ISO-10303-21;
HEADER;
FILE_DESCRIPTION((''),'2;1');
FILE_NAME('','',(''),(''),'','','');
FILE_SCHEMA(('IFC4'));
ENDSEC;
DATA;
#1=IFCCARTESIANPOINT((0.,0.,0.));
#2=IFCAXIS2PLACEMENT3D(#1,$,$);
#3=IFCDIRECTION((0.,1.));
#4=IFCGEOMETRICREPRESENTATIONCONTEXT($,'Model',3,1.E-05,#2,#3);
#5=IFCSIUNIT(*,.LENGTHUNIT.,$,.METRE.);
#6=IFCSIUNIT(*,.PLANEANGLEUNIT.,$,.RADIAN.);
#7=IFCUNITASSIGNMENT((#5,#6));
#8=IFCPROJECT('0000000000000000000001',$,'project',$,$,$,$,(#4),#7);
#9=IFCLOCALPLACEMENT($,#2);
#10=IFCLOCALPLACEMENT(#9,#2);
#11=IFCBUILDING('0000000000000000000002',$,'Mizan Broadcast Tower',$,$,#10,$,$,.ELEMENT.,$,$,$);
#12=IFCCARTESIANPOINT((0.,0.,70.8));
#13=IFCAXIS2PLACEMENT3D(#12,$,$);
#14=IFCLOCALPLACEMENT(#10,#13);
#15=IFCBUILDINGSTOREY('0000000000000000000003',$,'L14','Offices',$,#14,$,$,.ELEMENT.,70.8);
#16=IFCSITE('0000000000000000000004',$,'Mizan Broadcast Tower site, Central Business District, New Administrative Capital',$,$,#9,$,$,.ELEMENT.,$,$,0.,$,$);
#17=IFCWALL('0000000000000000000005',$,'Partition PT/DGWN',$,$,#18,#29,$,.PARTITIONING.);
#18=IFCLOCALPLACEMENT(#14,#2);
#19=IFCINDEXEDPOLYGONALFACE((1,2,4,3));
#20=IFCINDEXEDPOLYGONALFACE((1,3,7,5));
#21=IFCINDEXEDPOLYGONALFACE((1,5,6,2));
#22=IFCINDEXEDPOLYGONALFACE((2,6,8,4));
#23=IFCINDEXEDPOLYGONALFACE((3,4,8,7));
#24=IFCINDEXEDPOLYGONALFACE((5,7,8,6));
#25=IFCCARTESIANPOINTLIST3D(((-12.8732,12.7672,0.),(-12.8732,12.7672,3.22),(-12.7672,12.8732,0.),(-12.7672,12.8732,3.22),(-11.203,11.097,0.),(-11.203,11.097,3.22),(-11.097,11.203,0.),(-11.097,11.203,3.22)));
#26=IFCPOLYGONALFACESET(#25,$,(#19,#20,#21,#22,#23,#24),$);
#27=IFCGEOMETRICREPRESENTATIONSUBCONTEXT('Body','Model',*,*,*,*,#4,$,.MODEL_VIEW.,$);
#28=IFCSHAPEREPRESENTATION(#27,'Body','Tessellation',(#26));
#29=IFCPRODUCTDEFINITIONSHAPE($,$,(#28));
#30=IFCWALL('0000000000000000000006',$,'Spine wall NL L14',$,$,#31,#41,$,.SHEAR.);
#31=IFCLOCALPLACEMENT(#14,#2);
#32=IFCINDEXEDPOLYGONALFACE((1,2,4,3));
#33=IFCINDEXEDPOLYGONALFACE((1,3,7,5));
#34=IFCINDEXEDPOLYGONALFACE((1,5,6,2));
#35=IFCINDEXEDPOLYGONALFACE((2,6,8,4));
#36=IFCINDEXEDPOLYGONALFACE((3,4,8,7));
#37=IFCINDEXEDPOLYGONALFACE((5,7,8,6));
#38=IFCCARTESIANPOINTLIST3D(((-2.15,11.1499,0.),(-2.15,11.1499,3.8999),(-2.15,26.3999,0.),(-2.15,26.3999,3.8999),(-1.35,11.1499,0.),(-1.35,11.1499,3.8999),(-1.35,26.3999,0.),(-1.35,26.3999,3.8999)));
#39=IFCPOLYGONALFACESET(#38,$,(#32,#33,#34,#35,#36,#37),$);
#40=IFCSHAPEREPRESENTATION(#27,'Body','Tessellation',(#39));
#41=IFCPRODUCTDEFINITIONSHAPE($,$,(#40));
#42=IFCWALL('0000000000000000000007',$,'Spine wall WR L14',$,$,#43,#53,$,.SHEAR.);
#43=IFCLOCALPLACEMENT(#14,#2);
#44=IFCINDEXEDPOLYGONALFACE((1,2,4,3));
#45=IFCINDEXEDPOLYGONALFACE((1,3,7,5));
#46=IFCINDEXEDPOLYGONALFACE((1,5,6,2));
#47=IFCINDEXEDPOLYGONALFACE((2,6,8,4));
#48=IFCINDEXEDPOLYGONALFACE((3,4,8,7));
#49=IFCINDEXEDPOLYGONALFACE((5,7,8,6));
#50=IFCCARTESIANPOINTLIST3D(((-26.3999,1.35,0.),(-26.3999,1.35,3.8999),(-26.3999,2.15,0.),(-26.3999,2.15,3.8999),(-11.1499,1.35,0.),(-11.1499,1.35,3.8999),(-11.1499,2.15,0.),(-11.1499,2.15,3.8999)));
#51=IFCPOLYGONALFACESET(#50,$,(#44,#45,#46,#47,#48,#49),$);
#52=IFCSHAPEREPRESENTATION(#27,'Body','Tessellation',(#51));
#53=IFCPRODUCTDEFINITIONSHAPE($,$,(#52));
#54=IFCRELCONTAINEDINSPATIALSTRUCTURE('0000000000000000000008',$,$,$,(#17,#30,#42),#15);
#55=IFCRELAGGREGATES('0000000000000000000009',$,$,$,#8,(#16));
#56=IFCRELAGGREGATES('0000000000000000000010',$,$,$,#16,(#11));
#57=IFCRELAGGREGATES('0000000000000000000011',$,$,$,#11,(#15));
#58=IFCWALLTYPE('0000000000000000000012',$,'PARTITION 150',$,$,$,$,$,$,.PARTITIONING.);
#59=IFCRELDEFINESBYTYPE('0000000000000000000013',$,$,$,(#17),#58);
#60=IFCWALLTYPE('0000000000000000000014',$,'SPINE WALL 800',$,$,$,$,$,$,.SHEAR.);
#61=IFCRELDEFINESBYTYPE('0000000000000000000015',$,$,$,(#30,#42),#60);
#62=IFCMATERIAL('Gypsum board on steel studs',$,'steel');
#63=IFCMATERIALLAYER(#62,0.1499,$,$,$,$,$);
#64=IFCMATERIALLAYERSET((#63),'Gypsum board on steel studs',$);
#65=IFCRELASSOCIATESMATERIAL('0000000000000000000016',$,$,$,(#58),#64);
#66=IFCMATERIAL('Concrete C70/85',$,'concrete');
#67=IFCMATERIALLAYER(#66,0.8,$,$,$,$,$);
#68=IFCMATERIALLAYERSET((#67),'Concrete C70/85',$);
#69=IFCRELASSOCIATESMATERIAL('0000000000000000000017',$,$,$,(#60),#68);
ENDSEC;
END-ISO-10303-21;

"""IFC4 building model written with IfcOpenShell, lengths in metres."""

from ifc_helpers import new_model, si_unit, direction, frame, frame_2d, origin, place, context, subcontext, project, spatial, rectangle, extrude, material, layer, layer_set, type_object, element, save


model = new_model("IFC4")

# Units and contexts
model_context = context("Model", 3, precision=1e-05, world=origin(), true_north=direction((0.0, 1.0)))
body_context = subcontext(model_context, "Body", "Model", "MODEL_VIEW")
ifc_project = project(units=[si_unit("LENGTHUNIT", "METRE"), si_unit("PLANEANGLEUNIT", "RADIAN")], contexts=[model_context])

# Site, building, storey
site_placement = place(None, origin())
site = spatial("IfcSite", under=ifc_project, at=site_placement, Name="Mizan Broadcast Tower site, Central Business District, New Administrative Capital", CompositionType="ELEMENT", RefElevation=0.0)
building_placement = place(site_placement, origin())
building = spatial("IfcBuilding", under=site, at=building_placement, Name="Mizan Broadcast Tower", CompositionType="ELEMENT")
storey_placement = place(building_placement, frame((0.0, 0.0, 70.8)))
storey = spatial("IfcBuildingStorey", under=building, at=storey_placement, Name="L14", Description="Offices", CompositionType="ELEMENT", Elevation=70.8)

# Walls
ifc_material_1 = material(Name="Gypsum board on steel studs", Category="steel")
ifc_layer_1 = layer(ifc_material_1, 0.1499)
ifc_layer_set_1 = layer_set([ifc_layer_1], Name="Gypsum board on steel studs")
wall_type_1 = type_object("IfcWallType", Name="PARTITION 150", PredefinedType="PARTITIONING", material=ifc_layer_set_1)
wall_1_placement = place(storey_placement, frame((-11.1499, 11.1499, 0.0), z_axis=(0.0, 0.0, 1.0), x_axis=(-0.707107, 0.707107, 0.0)))
element("IfcWall", 1, at=wall_1_placement, inside=storey, type_object=wall_type_1, Name="Partition PT/DGWN", PredefinedType="PARTITIONING", context=body_context, shape_type="SweptSolid", body=[
    extrude(rectangle(XDim=2.3621, YDim=0.1499, at=frame_2d((1.1812, 0.0))), origin(), (0.0, 0.0, 1.0), 3.22),
])
ifc_material_2 = material(Name="Concrete C70/85", Category="concrete")
ifc_layer_2 = layer(ifc_material_2, 0.8)
ifc_layer_set_2 = layer_set([ifc_layer_2], Name="Concrete C70/85")
wall_type_2 = type_object("IfcWallType", Name="SPINE WALL 800", PredefinedType="SHEAR", material=ifc_layer_set_2)
for number, where, z_axis, x_axis, name in (
    (2, (-1.75, 11.1499, 0.0), (0.0, 0.0, 1.0), (0.0, 1.0, 0.0), "Spine wall NL L14"),
    (3, (-11.1499, 1.75, 0.0), (0.0, 0.0, 1.0), (-1.0, 0.0, 0.0), "Spine wall WR L14"),
):
    element("IfcWall", number, at=place(storey_placement, frame(where, z_axis=z_axis, x_axis=x_axis)), inside=storey, type_object=wall_type_2, Name=name, PredefinedType="SHEAR", context=body_context, shape_type="SweptSolid", body=[
        extrude(rectangle(XDim=15.25, YDim=0.8, at=frame_2d((7.625, 0.0))), origin(), (0.0, 0.0, 1.0), 3.8999),
    ])

save(model, "model.ifc")
